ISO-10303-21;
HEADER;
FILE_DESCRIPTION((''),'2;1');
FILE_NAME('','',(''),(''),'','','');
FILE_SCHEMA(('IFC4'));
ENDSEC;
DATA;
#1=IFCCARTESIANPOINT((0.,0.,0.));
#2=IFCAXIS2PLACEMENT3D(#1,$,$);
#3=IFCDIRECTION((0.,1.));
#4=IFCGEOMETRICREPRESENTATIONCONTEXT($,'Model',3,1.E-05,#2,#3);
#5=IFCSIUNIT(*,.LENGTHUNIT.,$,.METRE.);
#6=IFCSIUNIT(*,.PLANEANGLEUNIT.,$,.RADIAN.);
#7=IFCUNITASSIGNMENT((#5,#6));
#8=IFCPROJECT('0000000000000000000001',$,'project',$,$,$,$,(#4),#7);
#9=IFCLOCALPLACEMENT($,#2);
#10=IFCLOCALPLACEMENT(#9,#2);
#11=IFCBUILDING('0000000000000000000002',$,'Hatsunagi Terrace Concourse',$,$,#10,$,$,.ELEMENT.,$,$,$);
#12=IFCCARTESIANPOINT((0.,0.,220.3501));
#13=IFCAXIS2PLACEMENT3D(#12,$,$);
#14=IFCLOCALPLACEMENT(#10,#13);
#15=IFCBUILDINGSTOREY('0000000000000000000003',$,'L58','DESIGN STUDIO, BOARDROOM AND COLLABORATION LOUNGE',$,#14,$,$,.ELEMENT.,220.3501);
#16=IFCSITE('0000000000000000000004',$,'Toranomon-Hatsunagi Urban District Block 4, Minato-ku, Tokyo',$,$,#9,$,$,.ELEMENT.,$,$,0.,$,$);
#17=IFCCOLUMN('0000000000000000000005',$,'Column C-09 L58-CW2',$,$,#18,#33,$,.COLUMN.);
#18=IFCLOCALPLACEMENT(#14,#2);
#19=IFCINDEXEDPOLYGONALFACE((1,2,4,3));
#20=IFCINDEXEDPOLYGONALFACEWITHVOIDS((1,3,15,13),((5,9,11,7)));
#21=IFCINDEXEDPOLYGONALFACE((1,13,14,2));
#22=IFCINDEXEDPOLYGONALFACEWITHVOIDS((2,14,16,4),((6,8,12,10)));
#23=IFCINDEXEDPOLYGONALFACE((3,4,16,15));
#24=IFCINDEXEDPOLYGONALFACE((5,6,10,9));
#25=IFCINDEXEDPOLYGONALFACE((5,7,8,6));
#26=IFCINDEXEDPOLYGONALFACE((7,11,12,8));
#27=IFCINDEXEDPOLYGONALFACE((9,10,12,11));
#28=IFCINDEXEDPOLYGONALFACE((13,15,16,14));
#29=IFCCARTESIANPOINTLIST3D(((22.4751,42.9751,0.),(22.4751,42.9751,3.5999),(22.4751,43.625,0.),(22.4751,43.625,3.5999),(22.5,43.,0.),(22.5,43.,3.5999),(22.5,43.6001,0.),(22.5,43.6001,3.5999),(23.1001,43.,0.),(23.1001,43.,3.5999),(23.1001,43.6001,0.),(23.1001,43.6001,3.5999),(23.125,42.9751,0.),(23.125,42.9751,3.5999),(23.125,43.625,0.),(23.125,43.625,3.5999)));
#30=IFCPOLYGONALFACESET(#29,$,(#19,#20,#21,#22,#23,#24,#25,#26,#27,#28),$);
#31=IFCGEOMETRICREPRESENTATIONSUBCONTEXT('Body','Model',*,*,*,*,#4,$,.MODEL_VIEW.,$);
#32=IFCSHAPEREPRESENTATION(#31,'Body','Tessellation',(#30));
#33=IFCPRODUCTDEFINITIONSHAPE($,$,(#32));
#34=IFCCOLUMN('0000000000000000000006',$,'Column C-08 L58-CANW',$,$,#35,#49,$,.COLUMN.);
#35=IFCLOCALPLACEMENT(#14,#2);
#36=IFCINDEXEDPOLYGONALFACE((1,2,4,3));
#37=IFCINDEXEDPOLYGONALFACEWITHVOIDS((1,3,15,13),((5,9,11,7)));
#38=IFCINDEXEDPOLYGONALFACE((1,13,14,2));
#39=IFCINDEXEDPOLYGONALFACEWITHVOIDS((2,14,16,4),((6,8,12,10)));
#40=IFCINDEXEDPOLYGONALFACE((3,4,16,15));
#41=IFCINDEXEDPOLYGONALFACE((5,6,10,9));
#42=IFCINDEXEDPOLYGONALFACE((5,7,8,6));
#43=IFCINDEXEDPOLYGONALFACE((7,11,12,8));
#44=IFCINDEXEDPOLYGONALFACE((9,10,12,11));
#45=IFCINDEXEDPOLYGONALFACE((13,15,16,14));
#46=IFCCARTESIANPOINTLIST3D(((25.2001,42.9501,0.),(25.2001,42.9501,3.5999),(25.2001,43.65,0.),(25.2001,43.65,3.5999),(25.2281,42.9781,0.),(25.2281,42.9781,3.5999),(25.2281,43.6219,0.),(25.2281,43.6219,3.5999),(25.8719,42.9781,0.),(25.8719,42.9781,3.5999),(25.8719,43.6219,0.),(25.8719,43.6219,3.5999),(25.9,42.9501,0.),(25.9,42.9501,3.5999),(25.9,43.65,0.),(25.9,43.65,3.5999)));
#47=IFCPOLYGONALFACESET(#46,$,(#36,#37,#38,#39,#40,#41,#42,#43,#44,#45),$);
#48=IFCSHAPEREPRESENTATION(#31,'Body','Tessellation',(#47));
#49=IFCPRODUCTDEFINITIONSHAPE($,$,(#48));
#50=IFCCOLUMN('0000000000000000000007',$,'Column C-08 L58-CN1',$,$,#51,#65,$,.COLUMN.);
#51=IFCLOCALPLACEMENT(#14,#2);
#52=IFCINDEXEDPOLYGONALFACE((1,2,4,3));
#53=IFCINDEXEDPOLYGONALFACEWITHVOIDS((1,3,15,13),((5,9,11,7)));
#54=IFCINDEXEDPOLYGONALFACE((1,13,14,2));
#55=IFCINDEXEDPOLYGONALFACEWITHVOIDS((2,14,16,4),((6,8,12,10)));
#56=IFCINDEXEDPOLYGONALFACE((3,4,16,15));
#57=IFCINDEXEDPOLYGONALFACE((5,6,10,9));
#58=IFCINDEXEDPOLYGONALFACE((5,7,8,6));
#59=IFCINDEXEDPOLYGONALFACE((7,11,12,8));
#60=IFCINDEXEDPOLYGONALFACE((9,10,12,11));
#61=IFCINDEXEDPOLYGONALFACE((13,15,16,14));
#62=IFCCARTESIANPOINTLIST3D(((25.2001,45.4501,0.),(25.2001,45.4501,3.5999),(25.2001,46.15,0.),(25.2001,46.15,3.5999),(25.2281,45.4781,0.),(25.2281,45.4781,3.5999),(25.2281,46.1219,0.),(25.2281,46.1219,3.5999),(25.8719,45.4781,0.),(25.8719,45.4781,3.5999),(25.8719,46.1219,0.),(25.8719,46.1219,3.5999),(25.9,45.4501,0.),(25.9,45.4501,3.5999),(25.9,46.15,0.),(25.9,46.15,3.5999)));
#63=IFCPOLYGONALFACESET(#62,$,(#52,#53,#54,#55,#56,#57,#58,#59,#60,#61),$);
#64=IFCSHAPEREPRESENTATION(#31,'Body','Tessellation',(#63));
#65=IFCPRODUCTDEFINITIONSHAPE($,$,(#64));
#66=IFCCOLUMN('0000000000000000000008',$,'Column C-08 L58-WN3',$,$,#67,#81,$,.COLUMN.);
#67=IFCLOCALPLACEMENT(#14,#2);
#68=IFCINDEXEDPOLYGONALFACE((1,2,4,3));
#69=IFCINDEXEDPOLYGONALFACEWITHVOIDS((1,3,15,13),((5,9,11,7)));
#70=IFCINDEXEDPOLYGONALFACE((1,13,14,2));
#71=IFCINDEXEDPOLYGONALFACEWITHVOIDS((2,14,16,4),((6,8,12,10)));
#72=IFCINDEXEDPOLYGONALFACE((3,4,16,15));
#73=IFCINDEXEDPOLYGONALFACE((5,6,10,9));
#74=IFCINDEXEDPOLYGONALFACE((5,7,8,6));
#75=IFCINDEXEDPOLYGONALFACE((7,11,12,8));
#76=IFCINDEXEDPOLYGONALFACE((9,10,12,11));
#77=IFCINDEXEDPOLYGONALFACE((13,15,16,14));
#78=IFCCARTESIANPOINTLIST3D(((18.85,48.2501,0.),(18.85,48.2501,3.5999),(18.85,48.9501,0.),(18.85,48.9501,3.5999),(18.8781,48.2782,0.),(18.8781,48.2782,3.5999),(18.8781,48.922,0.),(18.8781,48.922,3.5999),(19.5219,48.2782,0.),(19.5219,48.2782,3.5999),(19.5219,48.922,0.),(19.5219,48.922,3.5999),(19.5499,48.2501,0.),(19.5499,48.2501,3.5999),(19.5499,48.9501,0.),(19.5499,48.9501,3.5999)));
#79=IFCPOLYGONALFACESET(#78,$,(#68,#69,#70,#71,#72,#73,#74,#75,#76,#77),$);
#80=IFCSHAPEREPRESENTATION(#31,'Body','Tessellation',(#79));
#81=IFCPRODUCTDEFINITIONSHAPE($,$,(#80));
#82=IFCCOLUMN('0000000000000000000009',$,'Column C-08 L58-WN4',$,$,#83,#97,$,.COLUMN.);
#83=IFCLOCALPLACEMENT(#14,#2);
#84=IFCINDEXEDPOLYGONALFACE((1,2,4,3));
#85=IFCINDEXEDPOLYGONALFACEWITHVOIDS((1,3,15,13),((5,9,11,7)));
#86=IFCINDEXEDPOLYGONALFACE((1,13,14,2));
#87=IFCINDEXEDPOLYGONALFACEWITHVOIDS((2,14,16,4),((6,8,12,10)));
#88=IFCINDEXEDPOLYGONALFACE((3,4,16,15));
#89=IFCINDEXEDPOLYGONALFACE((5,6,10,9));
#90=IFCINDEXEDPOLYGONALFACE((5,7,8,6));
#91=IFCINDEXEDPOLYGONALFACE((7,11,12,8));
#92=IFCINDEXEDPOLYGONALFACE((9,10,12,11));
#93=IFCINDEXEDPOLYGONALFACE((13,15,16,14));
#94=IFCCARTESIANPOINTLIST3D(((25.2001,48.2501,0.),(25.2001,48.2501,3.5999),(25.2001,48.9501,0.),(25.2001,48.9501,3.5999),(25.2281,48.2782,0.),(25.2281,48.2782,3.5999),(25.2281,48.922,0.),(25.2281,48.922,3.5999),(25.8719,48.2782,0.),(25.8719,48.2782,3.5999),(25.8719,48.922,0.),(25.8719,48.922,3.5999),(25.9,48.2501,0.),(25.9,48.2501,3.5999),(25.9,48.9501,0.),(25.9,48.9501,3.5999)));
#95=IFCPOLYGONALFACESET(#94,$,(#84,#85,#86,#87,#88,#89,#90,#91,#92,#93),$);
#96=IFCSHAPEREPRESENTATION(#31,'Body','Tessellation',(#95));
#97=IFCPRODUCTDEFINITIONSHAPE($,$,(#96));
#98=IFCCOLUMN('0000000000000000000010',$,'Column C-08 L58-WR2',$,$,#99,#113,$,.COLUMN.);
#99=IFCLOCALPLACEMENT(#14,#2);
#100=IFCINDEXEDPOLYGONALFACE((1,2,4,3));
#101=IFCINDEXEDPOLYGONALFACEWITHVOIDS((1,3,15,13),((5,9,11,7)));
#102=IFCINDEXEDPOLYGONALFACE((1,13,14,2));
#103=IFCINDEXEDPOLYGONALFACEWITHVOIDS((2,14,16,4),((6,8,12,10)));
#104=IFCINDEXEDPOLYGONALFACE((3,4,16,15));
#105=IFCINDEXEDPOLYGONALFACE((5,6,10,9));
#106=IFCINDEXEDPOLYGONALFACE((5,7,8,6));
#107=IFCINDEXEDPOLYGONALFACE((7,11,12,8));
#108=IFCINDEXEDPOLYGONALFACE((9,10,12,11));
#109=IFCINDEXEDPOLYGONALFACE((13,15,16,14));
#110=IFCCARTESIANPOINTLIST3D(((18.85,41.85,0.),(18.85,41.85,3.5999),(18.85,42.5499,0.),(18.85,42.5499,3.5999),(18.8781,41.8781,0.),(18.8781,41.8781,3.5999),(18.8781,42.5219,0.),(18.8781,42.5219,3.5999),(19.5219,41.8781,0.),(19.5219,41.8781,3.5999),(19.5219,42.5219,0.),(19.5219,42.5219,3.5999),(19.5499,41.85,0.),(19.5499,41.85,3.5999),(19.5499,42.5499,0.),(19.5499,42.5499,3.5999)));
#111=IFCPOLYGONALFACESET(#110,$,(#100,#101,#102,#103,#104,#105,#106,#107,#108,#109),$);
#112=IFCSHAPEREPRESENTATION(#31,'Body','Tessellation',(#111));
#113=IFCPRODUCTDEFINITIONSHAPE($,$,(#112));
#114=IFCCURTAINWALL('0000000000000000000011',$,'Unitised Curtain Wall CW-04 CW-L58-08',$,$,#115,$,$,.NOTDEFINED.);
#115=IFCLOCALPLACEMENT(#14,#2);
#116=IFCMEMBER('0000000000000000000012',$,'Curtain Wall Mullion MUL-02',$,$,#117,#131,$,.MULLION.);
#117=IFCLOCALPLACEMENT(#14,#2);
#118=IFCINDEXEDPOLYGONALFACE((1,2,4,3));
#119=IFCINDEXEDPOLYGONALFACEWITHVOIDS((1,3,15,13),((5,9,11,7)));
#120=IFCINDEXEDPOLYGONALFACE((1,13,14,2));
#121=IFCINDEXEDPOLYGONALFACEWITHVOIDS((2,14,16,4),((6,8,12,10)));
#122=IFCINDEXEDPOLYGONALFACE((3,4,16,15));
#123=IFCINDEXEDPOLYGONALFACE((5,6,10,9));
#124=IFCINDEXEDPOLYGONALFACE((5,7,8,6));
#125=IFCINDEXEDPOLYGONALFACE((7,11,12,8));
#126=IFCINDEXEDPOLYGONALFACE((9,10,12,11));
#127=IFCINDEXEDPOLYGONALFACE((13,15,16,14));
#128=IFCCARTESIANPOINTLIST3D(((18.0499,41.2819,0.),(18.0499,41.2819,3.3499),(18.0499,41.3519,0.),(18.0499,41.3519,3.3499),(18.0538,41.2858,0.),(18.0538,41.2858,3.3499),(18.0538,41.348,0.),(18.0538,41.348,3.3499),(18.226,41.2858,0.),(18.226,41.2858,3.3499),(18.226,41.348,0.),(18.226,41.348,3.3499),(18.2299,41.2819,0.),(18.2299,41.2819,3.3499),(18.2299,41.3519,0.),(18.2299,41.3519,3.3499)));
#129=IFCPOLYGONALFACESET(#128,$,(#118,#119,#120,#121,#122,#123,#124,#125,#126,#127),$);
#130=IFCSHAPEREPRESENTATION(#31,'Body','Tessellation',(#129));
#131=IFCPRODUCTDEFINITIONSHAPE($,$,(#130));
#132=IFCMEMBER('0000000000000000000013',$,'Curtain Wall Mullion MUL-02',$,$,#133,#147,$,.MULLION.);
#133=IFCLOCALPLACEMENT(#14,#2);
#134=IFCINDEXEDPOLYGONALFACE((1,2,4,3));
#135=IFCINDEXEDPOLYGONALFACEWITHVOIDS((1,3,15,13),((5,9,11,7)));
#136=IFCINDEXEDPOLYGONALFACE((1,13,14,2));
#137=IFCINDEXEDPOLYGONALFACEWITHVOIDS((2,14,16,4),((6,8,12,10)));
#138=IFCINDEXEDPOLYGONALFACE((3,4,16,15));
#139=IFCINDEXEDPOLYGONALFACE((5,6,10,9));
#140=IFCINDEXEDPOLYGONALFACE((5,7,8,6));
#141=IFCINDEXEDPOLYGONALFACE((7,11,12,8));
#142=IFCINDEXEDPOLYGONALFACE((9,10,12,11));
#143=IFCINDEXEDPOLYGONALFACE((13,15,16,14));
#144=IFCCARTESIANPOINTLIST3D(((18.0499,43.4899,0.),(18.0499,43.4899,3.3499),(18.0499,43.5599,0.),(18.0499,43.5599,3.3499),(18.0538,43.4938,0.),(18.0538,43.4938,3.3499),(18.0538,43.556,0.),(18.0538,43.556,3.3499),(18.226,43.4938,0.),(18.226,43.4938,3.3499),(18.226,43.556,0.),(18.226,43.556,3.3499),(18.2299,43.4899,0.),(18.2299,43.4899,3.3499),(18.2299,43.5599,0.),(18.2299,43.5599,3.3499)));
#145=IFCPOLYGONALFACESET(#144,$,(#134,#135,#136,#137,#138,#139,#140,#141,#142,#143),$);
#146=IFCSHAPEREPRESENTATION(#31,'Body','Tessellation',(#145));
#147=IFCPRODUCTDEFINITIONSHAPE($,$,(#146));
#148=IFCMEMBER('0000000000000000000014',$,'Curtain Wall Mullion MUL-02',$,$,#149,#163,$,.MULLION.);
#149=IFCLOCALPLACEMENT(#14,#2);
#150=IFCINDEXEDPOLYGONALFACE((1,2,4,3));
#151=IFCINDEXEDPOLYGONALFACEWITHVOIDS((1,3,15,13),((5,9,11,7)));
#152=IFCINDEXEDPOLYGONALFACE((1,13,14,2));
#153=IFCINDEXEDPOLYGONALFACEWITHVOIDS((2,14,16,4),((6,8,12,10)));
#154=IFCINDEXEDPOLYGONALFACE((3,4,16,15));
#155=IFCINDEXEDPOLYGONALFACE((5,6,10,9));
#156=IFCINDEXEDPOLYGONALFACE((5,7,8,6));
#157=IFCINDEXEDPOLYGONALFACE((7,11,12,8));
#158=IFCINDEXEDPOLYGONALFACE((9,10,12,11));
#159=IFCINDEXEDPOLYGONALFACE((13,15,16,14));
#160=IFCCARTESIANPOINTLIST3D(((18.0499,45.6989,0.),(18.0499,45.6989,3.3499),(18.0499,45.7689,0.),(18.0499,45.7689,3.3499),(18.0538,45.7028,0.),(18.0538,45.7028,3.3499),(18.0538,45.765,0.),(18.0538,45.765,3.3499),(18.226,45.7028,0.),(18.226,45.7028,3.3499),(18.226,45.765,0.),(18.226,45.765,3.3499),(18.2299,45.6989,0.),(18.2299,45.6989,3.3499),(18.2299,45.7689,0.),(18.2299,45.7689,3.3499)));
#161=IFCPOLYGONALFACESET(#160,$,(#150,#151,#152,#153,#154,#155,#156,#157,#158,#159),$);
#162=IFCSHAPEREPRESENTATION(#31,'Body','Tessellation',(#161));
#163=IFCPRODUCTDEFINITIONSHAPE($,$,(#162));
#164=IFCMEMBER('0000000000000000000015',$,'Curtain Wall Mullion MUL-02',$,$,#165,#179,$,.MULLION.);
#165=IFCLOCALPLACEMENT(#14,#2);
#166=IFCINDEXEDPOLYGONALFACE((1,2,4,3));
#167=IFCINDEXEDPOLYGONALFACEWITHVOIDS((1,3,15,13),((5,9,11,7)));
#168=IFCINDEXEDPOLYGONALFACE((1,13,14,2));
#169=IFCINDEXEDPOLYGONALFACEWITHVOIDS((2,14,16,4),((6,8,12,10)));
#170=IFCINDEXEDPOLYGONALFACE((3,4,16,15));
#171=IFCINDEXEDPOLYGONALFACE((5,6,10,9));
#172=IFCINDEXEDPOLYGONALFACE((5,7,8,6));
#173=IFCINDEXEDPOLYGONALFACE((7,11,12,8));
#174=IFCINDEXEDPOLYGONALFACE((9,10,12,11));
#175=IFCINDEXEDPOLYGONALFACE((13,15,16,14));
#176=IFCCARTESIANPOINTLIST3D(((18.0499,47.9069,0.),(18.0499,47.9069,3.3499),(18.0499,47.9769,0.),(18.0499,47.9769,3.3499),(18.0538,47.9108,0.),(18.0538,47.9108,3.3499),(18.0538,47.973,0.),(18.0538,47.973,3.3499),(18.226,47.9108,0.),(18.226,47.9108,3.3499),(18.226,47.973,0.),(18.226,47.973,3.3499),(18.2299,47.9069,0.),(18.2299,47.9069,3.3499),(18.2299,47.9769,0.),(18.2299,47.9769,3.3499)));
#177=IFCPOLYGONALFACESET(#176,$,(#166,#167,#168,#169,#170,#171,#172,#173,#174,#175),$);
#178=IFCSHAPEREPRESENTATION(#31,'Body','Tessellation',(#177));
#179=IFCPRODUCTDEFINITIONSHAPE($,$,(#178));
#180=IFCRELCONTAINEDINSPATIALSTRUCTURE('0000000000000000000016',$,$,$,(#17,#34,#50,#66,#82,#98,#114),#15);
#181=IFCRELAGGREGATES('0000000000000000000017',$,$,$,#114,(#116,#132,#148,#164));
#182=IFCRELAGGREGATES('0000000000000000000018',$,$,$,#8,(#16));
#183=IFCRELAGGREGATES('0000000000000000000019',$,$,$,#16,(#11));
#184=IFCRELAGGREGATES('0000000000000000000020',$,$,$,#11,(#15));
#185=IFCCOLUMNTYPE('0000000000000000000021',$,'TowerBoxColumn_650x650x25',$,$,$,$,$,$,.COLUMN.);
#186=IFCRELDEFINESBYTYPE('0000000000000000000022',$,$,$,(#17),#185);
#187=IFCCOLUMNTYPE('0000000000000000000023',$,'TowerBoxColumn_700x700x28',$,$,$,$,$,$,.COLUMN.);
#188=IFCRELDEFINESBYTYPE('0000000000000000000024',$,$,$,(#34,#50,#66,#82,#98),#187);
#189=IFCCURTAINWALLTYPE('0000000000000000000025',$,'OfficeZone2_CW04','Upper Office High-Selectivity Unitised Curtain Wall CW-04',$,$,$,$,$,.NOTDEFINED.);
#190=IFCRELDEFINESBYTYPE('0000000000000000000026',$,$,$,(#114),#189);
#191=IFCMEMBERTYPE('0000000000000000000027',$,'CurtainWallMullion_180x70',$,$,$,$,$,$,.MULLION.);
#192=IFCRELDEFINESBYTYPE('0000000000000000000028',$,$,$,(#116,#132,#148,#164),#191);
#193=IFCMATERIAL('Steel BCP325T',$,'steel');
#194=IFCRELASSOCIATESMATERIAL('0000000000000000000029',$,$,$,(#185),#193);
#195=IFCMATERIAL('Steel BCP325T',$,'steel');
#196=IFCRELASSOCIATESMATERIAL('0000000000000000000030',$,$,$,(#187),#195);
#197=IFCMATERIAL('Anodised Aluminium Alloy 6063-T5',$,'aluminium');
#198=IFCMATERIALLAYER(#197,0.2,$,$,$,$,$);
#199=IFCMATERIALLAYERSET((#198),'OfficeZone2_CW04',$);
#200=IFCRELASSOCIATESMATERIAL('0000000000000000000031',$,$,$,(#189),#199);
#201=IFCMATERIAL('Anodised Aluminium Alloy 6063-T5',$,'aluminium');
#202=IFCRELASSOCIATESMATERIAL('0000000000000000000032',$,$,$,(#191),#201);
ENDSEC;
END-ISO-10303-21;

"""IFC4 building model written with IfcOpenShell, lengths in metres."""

from ifc_helpers import new_model, si_unit, direction, frame, origin, origin_2d, place, context, subcontext, project, spatial, hollow_rectangle, extrude, material, layer, layer_set, material_profile, profile_set, type_object, element, aggregate, save


model = new_model("IFC4")

# Units and contexts
model_context = context("Model", 3, precision=1e-05, world=origin(), true_north=direction((0.0, 1.0)))
body_context = subcontext(model_context, "Body", "Model", "MODEL_VIEW")
ifc_project = project(units=[si_unit("LENGTHUNIT", "METRE"), si_unit("PLANEANGLEUNIT", "RADIAN")], contexts=[model_context])

# Site, building, storey
site_placement = place(None, origin())
site = spatial("IfcSite", under=ifc_project, at=site_placement, Name="Toranomon-Hatsunagi Urban District Block 4, Minato-ku, Tokyo", CompositionType="ELEMENT", RefElevation=0.0)
building_placement = place(site_placement, origin())
building = spatial("IfcBuilding", under=site, at=building_placement, Name="Hatsunagi Terrace Concourse", CompositionType="ELEMENT")
storey_placement = place(building_placement, frame((0.0, 0.0, 220.3501)))
storey = spatial("IfcBuildingStorey", under=building, at=storey_placement, Name="L58", Description="DESIGN STUDIO, BOARDROOM AND COLLABORATION LOUNGE", CompositionType="ELEMENT", Elevation=220.3501)

# Columns
ifc_material_1 = material(Name="Steel BCP325T", Category="steel")
ifc_material_profile_1 = material_profile(ifc_material_1, hollow_rectangle(XDim=0.6499, YDim=0.6499, WallThickness=0.0249, at=origin_2d()), Name="BCP-650x650x25")
ifc_profile_set_1 = profile_set([ifc_material_profile_1], Name="Steel BCP325T")
column_type_1 = type_object("IfcColumnType", Name="TowerBoxColumn_650x650x25", PredefinedType="COLUMN", material=ifc_profile_set_1)
column_placement = place(storey_placement, frame((22.8, 43.3, 0.0), z_axis=(0.0, 0.0, 1.0), x_axis=(1.0, 0.0, 0.0)))
element("IfcColumn", 1, at=column_placement, inside=storey, type_object=column_type_1, Name="Column C-09 L58-CW2", PredefinedType="COLUMN", context=body_context, shape_type="SweptSolid", body=[
    extrude(hollow_rectangle(XDim=0.6499, YDim=0.6499, WallThickness=0.0249, at=origin_2d()), origin(), (0.0, 0.0, 1.0), 3.5999),
])
ifc_material_2 = material(Name="Steel BCP325T", Category="steel")
ifc_material_profile_2 = material_profile(ifc_material_2, hollow_rectangle(XDim=0.7, YDim=0.7, WallThickness=0.0281, at=origin_2d()), Name="BCP-700x700x28")
ifc_profile_set_2 = profile_set([ifc_material_profile_2], Name="Steel BCP325T")
column_type_2 = type_object("IfcColumnType", Name="TowerBoxColumn_700x700x28", PredefinedType="COLUMN", material=ifc_profile_set_2)
for number, where, z_axis, x_axis, name in (
    (2, (25.55, 43.3, 0.0), (0.0, 0.0, 1.0), (1.0, 0.0, 0.0), "Column C-08 L58-CANW"),
    (3, (25.55, 45.8, 0.0), (0.0, 0.0, 1.0), (1.0, 0.0, 0.0), "Column C-08 L58-CN1"),
    (4, (19.2, 48.6001, 0.0), (0.0, 0.0, 1.0), (1.0, 0.0, 0.0), "Column C-08 L58-WN3"),
    (5, (25.55, 48.6001, 0.0), (0.0, 0.0, 1.0), (1.0, 0.0, 0.0), "Column C-08 L58-WN4"),
    (6, (19.2, 42.2, 0.0), (0.0, 0.0, 1.0), (1.0, 0.0, 0.0), "Column C-08 L58-WR2"),
):
    element("IfcColumn", number, at=place(storey_placement, frame(where, z_axis=z_axis, x_axis=x_axis)), inside=storey, type_object=column_type_2, Name=name, PredefinedType="COLUMN", context=body_context, shape_type="SweptSolid", body=[
        extrude(hollow_rectangle(XDim=0.7, YDim=0.7, WallThickness=0.0281, at=origin_2d()), origin(), (0.0, 0.0, 1.0), 3.5999),
    ])

# Curtain wall, members
ifc_material_3 = material(Name="Anodised Aluminium Alloy 6063-T5", Category="aluminium")
ifc_layer_1 = layer(ifc_material_3, 0.2)
ifc_layer_set_1 = layer_set([ifc_layer_1], Name="OfficeZone2_CW04")
curtain_wall_type = type_object("IfcCurtainWallType", Name="OfficeZone2_CW04", Description="Upper Office High-Selectivity Unitised Curtain Wall CW-04", PredefinedType="NOTDEFINED", material=ifc_layer_set_1)
curtain_wall_placement = place(storey_placement, origin())
curtain_wall = element("IfcCurtainWall", 7, at=curtain_wall_placement, inside=storey, type_object=curtain_wall_type, Name="Unitised Curtain Wall CW-04 CW-L58-08", PredefinedType="NOTDEFINED")
ifc_material_4 = material(Name="Anodised Aluminium Alloy 6063-T5", Category="aluminium")
ifc_material_profile_3 = material_profile(ifc_material_4, hollow_rectangle(XDim=0.0701, YDim=0.1799, WallThickness=0.0039, at=origin_2d()), Name="ALU-MUL-180x70x4")
ifc_profile_set_3 = profile_set([ifc_material_profile_3], Name="Anodised Aluminium Alloy 6063-T5")
member_type = type_object("IfcMemberType", Name="CurtainWallMullion_180x70", PredefinedType="MULLION", material=ifc_profile_set_3)
member_1_placement = place(storey_placement, frame((18.1399, 41.3169, 0.0), z_axis=(0.0, 0.0, 1.0), x_axis=(0.0, 1.0, 0.0)))
member_1 = element("IfcMember", 8, at=member_1_placement, type_object=member_type, Name="Curtain Wall Mullion MUL-02", PredefinedType="MULLION", context=body_context, shape_type="SweptSolid", body=[
    extrude(hollow_rectangle(XDim=0.0701, YDim=0.1799, WallThickness=0.0039, at=origin_2d()), origin(), (0.0, 0.0, 1.0), 3.3499),
])
member_2_placement = place(storey_placement, frame((18.1399, 43.5249, 0.0), z_axis=(0.0, 0.0, 1.0), x_axis=(0.0, 1.0, 0.0)))
member_2 = element("IfcMember", 9, at=member_2_placement, type_object=member_type, Name="Curtain Wall Mullion MUL-02", PredefinedType="MULLION", context=body_context, shape_type="SweptSolid", body=[
    extrude(hollow_rectangle(XDim=0.0701, YDim=0.1799, WallThickness=0.0039, at=origin_2d()), origin(), (0.0, 0.0, 1.0), 3.3499),
])
member_3_placement = place(storey_placement, frame((18.1399, 45.7339, 0.0), z_axis=(0.0, 0.0, 1.0), x_axis=(0.0, 1.0, 0.0)))
member_3 = element("IfcMember", 10, at=member_3_placement, type_object=member_type, Name="Curtain Wall Mullion MUL-02", PredefinedType="MULLION", context=body_context, shape_type="SweptSolid", body=[
    extrude(hollow_rectangle(XDim=0.0701, YDim=0.1799, WallThickness=0.0039, at=origin_2d()), origin(), (0.0, 0.0, 1.0), 3.3499),
])
member_4_placement = place(storey_placement, frame((18.1399, 47.9419, 0.0), z_axis=(0.0, 0.0, 1.0), x_axis=(0.0, 1.0, 0.0)))
member_4 = element("IfcMember", 11, at=member_4_placement, type_object=member_type, Name="Curtain Wall Mullion MUL-02", PredefinedType="MULLION", context=body_context, shape_type="SweptSolid", body=[
    extrude(hollow_rectangle(XDim=0.0701, YDim=0.1799, WallThickness=0.0039, at=origin_2d()), origin(), (0.0, 0.0, 1.0), 3.3499),
])

aggregate(curtain_wall, [member_1, member_2, member_3, member_4])

save(model, "model.ifc")
